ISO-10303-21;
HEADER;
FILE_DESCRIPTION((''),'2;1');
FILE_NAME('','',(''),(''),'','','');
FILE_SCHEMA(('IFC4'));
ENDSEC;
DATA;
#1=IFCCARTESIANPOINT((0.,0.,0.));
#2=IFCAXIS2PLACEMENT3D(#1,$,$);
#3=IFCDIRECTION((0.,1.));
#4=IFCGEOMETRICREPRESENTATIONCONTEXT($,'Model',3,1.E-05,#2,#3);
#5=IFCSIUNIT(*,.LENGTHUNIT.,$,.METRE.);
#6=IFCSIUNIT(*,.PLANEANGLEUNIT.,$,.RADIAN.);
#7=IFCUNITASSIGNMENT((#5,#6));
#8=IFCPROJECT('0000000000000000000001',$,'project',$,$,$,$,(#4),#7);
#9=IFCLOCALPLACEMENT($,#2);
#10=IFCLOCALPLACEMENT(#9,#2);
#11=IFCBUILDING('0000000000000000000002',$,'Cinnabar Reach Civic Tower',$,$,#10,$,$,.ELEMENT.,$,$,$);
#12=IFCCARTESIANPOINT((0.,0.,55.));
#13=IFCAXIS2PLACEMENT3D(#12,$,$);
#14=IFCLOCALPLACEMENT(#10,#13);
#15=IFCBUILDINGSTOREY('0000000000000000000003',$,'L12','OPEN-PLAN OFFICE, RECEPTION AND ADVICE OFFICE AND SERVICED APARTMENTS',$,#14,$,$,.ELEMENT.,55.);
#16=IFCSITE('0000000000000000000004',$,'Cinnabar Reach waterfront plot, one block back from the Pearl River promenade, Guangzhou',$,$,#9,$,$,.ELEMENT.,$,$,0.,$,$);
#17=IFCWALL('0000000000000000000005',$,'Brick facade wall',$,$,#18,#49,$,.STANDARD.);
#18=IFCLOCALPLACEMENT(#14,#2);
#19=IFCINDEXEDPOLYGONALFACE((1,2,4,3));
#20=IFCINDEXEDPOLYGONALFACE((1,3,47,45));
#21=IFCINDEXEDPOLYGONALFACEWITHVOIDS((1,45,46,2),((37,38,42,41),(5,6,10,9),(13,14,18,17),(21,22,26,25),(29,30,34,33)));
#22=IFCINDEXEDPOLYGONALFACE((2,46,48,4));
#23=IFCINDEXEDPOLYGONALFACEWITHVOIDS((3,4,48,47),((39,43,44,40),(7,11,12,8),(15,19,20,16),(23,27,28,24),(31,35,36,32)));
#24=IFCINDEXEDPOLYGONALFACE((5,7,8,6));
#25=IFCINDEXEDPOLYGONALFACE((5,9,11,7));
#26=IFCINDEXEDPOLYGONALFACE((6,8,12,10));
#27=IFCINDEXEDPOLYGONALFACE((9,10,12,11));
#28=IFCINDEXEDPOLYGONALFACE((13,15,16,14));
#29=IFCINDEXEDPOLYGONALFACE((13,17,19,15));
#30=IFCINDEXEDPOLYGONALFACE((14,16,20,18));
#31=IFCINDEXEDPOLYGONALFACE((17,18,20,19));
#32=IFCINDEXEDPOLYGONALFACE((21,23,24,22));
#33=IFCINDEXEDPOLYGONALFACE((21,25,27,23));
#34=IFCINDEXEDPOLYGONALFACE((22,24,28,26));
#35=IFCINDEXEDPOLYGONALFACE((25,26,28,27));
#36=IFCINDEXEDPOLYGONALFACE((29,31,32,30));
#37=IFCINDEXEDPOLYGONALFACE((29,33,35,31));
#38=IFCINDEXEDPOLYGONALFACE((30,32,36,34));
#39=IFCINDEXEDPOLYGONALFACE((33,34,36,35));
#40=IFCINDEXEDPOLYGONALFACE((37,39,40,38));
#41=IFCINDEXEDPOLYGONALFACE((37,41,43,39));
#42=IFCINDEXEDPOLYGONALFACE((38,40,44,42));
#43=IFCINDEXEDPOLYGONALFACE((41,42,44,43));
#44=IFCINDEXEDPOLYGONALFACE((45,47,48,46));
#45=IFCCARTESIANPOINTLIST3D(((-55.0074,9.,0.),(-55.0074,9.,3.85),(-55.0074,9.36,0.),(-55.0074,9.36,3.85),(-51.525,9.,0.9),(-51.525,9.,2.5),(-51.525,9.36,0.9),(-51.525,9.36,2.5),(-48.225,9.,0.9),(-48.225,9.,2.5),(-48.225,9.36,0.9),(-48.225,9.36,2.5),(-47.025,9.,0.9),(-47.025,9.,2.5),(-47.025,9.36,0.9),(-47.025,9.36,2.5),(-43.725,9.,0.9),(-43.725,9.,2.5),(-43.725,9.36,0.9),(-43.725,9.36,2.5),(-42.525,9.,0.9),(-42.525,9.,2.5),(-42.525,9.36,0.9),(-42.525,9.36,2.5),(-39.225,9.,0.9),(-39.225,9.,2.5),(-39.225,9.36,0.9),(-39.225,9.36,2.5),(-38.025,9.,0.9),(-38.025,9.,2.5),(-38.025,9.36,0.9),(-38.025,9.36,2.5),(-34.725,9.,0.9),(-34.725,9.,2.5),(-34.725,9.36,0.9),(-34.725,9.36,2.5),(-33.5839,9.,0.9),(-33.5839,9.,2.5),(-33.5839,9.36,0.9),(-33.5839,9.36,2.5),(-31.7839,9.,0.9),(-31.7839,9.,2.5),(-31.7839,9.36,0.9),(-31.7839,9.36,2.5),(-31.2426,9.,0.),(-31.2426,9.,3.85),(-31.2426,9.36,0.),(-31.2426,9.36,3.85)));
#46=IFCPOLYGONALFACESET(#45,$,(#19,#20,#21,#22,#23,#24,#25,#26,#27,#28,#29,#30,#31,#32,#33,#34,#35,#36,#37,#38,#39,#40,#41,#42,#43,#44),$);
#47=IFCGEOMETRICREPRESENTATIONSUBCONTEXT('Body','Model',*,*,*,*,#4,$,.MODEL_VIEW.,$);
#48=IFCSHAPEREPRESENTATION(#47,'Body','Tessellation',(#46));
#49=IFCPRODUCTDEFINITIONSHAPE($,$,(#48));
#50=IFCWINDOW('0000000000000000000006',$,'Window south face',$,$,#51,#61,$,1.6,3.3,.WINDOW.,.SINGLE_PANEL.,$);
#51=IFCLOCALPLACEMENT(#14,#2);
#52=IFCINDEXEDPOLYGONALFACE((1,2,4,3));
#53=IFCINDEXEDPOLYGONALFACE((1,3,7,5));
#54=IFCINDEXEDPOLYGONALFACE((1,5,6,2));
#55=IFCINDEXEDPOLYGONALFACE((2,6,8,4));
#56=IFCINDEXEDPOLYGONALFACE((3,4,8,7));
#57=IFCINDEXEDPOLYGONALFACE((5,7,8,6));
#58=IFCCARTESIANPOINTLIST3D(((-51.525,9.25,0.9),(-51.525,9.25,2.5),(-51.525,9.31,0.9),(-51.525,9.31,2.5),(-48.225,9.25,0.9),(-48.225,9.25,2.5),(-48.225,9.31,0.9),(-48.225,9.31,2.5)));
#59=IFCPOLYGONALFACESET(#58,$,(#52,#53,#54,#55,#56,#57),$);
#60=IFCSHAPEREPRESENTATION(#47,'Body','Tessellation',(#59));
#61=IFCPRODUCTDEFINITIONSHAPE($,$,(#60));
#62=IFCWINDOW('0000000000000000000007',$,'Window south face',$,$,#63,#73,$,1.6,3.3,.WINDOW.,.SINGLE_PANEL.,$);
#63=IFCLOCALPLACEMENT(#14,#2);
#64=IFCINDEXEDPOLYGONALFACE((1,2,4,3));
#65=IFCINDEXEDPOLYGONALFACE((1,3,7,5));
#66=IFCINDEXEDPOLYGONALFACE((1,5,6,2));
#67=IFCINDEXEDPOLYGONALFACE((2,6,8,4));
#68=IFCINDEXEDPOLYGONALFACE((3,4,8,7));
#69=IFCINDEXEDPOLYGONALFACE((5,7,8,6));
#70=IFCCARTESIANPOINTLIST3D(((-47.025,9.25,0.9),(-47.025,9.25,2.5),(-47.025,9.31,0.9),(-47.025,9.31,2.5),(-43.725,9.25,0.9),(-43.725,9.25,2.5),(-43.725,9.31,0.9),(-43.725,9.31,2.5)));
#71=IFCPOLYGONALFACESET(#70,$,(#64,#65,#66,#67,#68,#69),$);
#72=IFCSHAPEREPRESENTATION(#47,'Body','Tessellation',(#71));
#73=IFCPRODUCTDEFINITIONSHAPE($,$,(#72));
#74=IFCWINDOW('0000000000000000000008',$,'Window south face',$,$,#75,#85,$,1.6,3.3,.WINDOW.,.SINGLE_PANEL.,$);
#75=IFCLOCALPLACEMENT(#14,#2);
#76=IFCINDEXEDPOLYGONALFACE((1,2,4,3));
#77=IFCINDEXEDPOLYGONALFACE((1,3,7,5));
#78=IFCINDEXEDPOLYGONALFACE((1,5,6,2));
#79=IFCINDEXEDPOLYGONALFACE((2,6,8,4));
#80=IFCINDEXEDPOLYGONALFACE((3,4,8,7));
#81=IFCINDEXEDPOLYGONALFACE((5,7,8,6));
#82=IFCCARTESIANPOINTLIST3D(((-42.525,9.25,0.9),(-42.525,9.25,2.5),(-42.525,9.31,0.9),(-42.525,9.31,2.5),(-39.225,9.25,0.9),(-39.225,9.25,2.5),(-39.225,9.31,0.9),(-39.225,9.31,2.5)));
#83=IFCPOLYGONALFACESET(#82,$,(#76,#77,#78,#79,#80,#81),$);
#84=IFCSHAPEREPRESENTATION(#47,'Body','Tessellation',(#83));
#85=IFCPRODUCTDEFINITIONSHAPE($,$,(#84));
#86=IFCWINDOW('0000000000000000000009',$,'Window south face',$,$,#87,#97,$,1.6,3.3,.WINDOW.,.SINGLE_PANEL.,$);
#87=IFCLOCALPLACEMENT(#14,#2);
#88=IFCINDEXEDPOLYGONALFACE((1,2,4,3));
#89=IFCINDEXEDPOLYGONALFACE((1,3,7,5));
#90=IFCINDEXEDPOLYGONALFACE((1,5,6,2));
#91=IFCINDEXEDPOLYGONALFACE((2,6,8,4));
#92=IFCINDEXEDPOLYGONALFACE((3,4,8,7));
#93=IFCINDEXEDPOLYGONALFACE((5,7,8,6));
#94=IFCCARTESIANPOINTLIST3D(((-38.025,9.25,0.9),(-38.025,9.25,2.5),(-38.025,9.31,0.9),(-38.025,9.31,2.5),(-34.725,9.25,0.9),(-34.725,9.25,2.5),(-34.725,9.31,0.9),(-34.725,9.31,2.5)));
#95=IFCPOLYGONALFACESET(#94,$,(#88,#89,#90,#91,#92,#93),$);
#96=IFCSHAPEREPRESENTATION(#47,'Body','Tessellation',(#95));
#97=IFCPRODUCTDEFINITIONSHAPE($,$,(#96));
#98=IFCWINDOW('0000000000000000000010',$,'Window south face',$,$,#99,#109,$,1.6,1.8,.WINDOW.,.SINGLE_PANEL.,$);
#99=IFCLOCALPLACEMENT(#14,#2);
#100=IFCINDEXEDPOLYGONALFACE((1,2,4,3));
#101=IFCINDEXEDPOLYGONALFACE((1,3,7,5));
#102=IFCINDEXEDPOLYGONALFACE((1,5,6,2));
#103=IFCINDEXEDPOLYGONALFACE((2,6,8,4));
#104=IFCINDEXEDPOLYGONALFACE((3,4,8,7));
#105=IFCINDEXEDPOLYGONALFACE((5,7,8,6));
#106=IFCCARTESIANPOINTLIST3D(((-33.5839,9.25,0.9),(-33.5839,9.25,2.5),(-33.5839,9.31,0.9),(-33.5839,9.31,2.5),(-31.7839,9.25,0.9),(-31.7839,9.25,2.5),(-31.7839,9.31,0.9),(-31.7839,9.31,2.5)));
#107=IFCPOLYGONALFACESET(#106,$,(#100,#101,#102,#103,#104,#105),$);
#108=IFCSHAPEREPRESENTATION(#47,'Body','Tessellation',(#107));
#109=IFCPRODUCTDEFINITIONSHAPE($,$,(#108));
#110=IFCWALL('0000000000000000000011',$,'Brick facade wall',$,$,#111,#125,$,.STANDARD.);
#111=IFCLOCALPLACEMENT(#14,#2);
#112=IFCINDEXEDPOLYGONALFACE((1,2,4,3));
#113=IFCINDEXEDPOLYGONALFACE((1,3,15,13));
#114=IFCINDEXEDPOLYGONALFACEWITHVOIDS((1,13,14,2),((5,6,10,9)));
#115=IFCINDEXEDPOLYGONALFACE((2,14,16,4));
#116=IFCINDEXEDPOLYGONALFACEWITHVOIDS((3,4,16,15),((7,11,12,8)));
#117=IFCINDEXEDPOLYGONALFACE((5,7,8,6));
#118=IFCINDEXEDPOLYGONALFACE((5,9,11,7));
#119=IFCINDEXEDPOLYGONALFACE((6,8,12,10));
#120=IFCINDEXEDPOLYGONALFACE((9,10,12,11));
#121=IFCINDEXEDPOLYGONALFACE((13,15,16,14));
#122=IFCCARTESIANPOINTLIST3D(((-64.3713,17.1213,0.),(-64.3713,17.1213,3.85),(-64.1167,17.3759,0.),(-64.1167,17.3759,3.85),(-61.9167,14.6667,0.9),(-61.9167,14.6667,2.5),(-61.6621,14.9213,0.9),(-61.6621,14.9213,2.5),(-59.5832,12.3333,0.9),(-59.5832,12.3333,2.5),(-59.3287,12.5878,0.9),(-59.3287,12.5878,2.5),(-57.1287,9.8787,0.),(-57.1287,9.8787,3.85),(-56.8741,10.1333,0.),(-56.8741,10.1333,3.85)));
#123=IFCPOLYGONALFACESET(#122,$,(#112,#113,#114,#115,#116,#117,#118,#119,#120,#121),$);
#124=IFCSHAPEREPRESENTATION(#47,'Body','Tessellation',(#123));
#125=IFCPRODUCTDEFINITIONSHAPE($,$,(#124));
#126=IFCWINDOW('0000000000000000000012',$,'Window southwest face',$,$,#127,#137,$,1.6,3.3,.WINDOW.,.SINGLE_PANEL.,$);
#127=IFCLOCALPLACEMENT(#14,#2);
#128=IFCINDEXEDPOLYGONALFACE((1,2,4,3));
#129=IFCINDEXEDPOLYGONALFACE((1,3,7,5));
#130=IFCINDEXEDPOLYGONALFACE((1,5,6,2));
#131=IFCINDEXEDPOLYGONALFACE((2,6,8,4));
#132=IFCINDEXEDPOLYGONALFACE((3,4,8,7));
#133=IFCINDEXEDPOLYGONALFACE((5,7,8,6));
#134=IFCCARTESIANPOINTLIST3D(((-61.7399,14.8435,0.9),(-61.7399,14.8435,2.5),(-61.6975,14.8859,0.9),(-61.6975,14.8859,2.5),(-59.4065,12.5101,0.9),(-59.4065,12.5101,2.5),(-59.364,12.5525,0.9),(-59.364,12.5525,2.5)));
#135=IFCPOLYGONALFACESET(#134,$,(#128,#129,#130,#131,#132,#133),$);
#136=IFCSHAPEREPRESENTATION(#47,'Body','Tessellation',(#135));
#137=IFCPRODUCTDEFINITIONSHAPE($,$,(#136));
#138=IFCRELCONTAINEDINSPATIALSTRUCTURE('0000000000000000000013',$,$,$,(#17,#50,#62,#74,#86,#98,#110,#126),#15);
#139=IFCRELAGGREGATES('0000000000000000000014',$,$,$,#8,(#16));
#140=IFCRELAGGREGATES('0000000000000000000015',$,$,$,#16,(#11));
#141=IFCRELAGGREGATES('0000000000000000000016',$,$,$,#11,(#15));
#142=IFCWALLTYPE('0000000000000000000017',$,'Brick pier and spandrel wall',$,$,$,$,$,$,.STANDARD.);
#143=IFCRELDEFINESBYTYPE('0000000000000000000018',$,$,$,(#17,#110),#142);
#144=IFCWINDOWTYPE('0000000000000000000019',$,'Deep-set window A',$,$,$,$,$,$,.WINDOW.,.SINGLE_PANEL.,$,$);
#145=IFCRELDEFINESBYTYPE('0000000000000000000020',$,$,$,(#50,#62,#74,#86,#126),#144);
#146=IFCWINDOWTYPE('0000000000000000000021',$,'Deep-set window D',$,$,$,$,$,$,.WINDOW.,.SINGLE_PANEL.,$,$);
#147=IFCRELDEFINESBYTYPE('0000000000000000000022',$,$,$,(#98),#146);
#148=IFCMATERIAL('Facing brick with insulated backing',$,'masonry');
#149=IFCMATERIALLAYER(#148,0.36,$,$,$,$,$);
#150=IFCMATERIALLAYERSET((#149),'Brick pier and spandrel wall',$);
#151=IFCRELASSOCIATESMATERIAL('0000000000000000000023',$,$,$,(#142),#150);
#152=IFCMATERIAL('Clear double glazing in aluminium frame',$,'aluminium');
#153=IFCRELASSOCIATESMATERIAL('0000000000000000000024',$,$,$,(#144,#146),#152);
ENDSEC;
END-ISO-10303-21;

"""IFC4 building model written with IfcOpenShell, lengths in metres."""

from ifc_helpers import new_model, si_unit, direction, frame, frame_2d, origin, place, context, subcontext, project, spatial, rectangle, extrude, material, layer, layer_set, type_object, element, fill, save


model = new_model("IFC4")

# Units and contexts
model_context = context("Model", 3, precision=1e-05, world=origin(), true_north=direction((0.0, 1.0)))
body_context = subcontext(model_context, "Body", "Model", "MODEL_VIEW")
ifc_project = project(units=[si_unit("LENGTHUNIT", "METRE"), si_unit("PLANEANGLEUNIT", "RADIAN")], contexts=[model_context])

# Site, building, storey
site_placement = place(None, origin())
site = spatial("IfcSite", under=ifc_project, at=site_placement, Name="Cinnabar Reach waterfront plot, one block back from the Pearl River promenade, Guangzhou", CompositionType="ELEMENT", RefElevation=0.0)
building_placement = place(site_placement, origin())
building = spatial("IfcBuilding", under=site, at=building_placement, Name="Cinnabar Reach Civic Tower", CompositionType="ELEMENT")
storey_placement = place(building_placement, frame((0.0, 0.0, 55.0)))
storey = spatial("IfcBuildingStorey", under=building, at=storey_placement, Name="L12", Description="OPEN-PLAN OFFICE, RECEPTION AND ADVICE OFFICE AND SERVICED APARTMENTS", CompositionType="ELEMENT", Elevation=55.0)

# Shared definitions
ifc_material_1 = material(Name="Facing brick with insulated backing", Category="masonry")

# Wall, openings, windows
ifc_layer_1 = layer(ifc_material_1, 0.36)
ifc_layer_set_1 = layer_set([ifc_layer_1], Name="Brick pier and spandrel wall")
wall_type_1 = type_object("IfcWallType", Name="Brick pier and spandrel wall", PredefinedType="STANDARD", material=ifc_layer_set_1)
wall_1_placement = place(storey_placement, frame((-55.0074, 9.18, 0.0), z_axis=(0.0, 0.0, 1.0), x_axis=(1.0, 0.0, 0.0)))
wall_1 = element("IfcWall", 1, at=wall_1_placement, inside=storey, type_object=wall_type_1, Name="Brick facade wall", PredefinedType="STANDARD", context=body_context, shape_type="SweptSolid", body=[
    extrude(rectangle(XDim=23.7648, YDim=0.36, at=frame_2d((11.8824, 0.0))), origin(), (0.0, 0.0, 1.0), 3.85),
])
opening_1_placement = place(wall_1_placement, frame((3.4824, 0.0, 0.9)))
opening_1 = element("IfcOpeningElement", 2, at=opening_1_placement, cuts=wall_1, PredefinedType="OPENING", context=body_context, shape_type="SweptSolid", body=[
    extrude(rectangle(XDim=3.3, YDim=1.6, at=frame_2d((1.65, 0.8))), frame((0.0, 0.19, 0.0), z_axis=(0.0, -1.0, 0.0), x_axis=(1.0, 0.0, 0.0)), (0.0, 0.0, 1.0), 0.38),
])
opening_2_placement = place(wall_1_placement, frame((7.9824, 0.0, 0.9)))
opening_2 = element("IfcOpeningElement", 3, at=opening_2_placement, cuts=wall_1, PredefinedType="OPENING", context=body_context, shape_type="SweptSolid", body=[
    extrude(rectangle(XDim=3.3, YDim=1.6, at=frame_2d((1.65, 0.8))), frame((0.0, 0.19, 0.0), z_axis=(0.0, -1.0, 0.0), x_axis=(1.0, 0.0, 0.0)), (0.0, 0.0, 1.0), 0.38),
])
opening_3_placement = place(wall_1_placement, frame((12.4824, 0.0, 0.9)))
opening_3 = element("IfcOpeningElement", 4, at=opening_3_placement, cuts=wall_1, PredefinedType="OPENING", context=body_context, shape_type="SweptSolid", body=[
    extrude(rectangle(XDim=3.3, YDim=1.6, at=frame_2d((1.65, 0.8))), frame((0.0, 0.19, 0.0), z_axis=(0.0, -1.0, 0.0), x_axis=(1.0, 0.0, 0.0)), (0.0, 0.0, 1.0), 0.38),
])
opening_4_placement = place(wall_1_placement, frame((16.9824, 0.0, 0.9)))
opening_4 = element("IfcOpeningElement", 5, at=opening_4_placement, cuts=wall_1, PredefinedType="OPENING", context=body_context, shape_type="SweptSolid", body=[
    extrude(rectangle(XDim=3.3, YDim=1.6, at=frame_2d((1.65, 0.8))), frame((0.0, 0.19, 0.0), z_axis=(0.0, -1.0, 0.0), x_axis=(1.0, 0.0, 0.0)), (0.0, 0.0, 1.0), 0.38),
])
opening_5_placement = place(wall_1_placement, frame((21.4235, 0.0, 0.9)))
opening_5 = element("IfcOpeningElement", 6, at=opening_5_placement, cuts=wall_1, PredefinedType="OPENING", context=body_context, shape_type="SweptSolid", body=[
    extrude(rectangle(XDim=1.8, YDim=1.6, at=frame_2d((0.9, 0.8))), frame((0.0, 0.19, 0.0), z_axis=(0.0, -1.0, 0.0), x_axis=(1.0, 0.0, 0.0)), (0.0, 0.0, 1.0), 0.38),
])
ifc_material_2 = material(Name="Clear double glazing in aluminium frame", Category="aluminium")
window_type_1 = type_object("IfcWindowType", Name="Deep-set window A", PartitioningType="SINGLE_PANEL", PredefinedType="WINDOW", material=ifc_material_2)
window_1_placement = place(opening_1_placement, origin())
window_1 = element("IfcWindow", 7, at=window_1_placement, inside=storey, type_object=window_type_1, Name="Window south face", OverallHeight=1.6, OverallWidth=3.3, PartitioningType="SINGLE_PANEL", PredefinedType="WINDOW", context=body_context, shape_type="SweptSolid", body=[
    extrude(rectangle(XDim=3.3, YDim=1.6, at=frame_2d((1.65, 0.8))), frame((0.0, 0.13, 0.0), z_axis=(0.0, -1.0, 0.0), x_axis=(1.0, 0.0, 0.0)), (0.0, 0.0, 1.0), 0.06),
])
fill(opening_1, window_1)
window_2_placement = place(opening_2_placement, origin())
window_2 = element("IfcWindow", 8, at=window_2_placement, inside=storey, type_object=window_type_1, Name="Window south face", OverallHeight=1.6, OverallWidth=3.3, PartitioningType="SINGLE_PANEL", PredefinedType="WINDOW", context=body_context, shape_type="SweptSolid", body=[
    extrude(rectangle(XDim=3.3, YDim=1.6, at=frame_2d((1.65, 0.8))), frame((0.0, 0.13, 0.0), z_axis=(0.0, -1.0, 0.0), x_axis=(1.0, 0.0, 0.0)), (0.0, 0.0, 1.0), 0.06),
])
fill(opening_2, window_2)
window_3_placement = place(opening_3_placement, origin())
window_3 = element("IfcWindow", 9, at=window_3_placement, inside=storey, type_object=window_type_1, Name="Window south face", OverallHeight=1.6, OverallWidth=3.3, PartitioningType="SINGLE_PANEL", PredefinedType="WINDOW", context=body_context, shape_type="SweptSolid", body=[
    extrude(rectangle(XDim=3.3, YDim=1.6, at=frame_2d((1.65, 0.8))), frame((0.0, 0.13, 0.0), z_axis=(0.0, -1.0, 0.0), x_axis=(1.0, 0.0, 0.0)), (0.0, 0.0, 1.0), 0.06),
])
fill(opening_3, window_3)
window_4_placement = place(opening_4_placement, origin())
window_4 = element("IfcWindow", 10, at=window_4_placement, inside=storey, type_object=window_type_1, Name="Window south face", OverallHeight=1.6, OverallWidth=3.3, PartitioningType="SINGLE_PANEL", PredefinedType="WINDOW", context=body_context, shape_type="SweptSolid", body=[
    extrude(rectangle(XDim=3.3, YDim=1.6, at=frame_2d((1.65, 0.8))), frame((0.0, 0.13, 0.0), z_axis=(0.0, -1.0, 0.0), x_axis=(1.0, 0.0, 0.0)), (0.0, 0.0, 1.0), 0.06),
])
fill(opening_4, window_4)
window_type_2 = type_object("IfcWindowType", Name="Deep-set window D", PartitioningType="SINGLE_PANEL", PredefinedType="WINDOW", material=ifc_material_2)
window_5_placement = place(opening_5_placement, origin())
window_5 = element("IfcWindow", 11, at=window_5_placement, inside=storey, type_object=window_type_2, Name="Window south face", OverallHeight=1.6, OverallWidth=1.8, PartitioningType="SINGLE_PANEL", PredefinedType="WINDOW", context=body_context, shape_type="SweptSolid", body=[
    extrude(rectangle(XDim=1.8, YDim=1.6, at=frame_2d((0.9, 0.8))), frame((0.0, 0.13, 0.0), z_axis=(0.0, -1.0, 0.0), x_axis=(1.0, 0.0, 0.0)), (0.0, 0.0, 1.0), 0.06),
])
fill(opening_5, window_5)

# Wall, opening, window
wall_2_placement = place(storey_placement, frame((-64.244, 17.2486, 0.0), z_axis=(0.0, 0.0, 1.0), x_axis=(0.707107, -0.707107, 0.0)))
wall_2 = element("IfcWall", 12, at=wall_2_placement, inside=storey, type_object=wall_type_1, Name="Brick facade wall", PredefinedType="STANDARD", context=body_context, shape_type="SweptSolid", body=[
    extrude(rectangle(XDim=10.2426, YDim=0.36, at=frame_2d((5.1213, 0.0))), origin(), (0.0, 0.0, 1.0), 3.85),
])
opening_6_placement = place(wall_2_placement, frame((3.4713, 0.0, 0.9)))
opening_6 = element("IfcOpeningElement", 13, at=opening_6_placement, cuts=wall_2, PredefinedType="OPENING", context=body_context, shape_type="SweptSolid", body=[
    extrude(rectangle(XDim=3.3, YDim=1.6, at=frame_2d((1.65, 0.8))), frame((0.0, 0.19, 0.0), z_axis=(0.0, -1.0, 0.0), x_axis=(1.0, 0.0, 0.0)), (0.0, 0.0, 1.0), 0.38),
])
window_6_placement = place(opening_6_placement, origin())
window_6 = element("IfcWindow", 14, at=window_6_placement, inside=storey, type_object=window_type_1, Name="Window southwest face", OverallHeight=1.6, OverallWidth=3.3, PartitioningType="SINGLE_PANEL", PredefinedType="WINDOW", context=body_context, shape_type="SweptSolid", body=[
    extrude(rectangle(XDim=3.3, YDim=1.6, at=frame_2d((1.65, 0.8))), frame((0.0, 0.13, 0.0), z_axis=(0.0, -1.0, 0.0), x_axis=(1.0, 0.0, 0.0)), (0.0, 0.0, 1.0), 0.06),
])
fill(opening_6, window_6)

save(model, "model.ifc")
